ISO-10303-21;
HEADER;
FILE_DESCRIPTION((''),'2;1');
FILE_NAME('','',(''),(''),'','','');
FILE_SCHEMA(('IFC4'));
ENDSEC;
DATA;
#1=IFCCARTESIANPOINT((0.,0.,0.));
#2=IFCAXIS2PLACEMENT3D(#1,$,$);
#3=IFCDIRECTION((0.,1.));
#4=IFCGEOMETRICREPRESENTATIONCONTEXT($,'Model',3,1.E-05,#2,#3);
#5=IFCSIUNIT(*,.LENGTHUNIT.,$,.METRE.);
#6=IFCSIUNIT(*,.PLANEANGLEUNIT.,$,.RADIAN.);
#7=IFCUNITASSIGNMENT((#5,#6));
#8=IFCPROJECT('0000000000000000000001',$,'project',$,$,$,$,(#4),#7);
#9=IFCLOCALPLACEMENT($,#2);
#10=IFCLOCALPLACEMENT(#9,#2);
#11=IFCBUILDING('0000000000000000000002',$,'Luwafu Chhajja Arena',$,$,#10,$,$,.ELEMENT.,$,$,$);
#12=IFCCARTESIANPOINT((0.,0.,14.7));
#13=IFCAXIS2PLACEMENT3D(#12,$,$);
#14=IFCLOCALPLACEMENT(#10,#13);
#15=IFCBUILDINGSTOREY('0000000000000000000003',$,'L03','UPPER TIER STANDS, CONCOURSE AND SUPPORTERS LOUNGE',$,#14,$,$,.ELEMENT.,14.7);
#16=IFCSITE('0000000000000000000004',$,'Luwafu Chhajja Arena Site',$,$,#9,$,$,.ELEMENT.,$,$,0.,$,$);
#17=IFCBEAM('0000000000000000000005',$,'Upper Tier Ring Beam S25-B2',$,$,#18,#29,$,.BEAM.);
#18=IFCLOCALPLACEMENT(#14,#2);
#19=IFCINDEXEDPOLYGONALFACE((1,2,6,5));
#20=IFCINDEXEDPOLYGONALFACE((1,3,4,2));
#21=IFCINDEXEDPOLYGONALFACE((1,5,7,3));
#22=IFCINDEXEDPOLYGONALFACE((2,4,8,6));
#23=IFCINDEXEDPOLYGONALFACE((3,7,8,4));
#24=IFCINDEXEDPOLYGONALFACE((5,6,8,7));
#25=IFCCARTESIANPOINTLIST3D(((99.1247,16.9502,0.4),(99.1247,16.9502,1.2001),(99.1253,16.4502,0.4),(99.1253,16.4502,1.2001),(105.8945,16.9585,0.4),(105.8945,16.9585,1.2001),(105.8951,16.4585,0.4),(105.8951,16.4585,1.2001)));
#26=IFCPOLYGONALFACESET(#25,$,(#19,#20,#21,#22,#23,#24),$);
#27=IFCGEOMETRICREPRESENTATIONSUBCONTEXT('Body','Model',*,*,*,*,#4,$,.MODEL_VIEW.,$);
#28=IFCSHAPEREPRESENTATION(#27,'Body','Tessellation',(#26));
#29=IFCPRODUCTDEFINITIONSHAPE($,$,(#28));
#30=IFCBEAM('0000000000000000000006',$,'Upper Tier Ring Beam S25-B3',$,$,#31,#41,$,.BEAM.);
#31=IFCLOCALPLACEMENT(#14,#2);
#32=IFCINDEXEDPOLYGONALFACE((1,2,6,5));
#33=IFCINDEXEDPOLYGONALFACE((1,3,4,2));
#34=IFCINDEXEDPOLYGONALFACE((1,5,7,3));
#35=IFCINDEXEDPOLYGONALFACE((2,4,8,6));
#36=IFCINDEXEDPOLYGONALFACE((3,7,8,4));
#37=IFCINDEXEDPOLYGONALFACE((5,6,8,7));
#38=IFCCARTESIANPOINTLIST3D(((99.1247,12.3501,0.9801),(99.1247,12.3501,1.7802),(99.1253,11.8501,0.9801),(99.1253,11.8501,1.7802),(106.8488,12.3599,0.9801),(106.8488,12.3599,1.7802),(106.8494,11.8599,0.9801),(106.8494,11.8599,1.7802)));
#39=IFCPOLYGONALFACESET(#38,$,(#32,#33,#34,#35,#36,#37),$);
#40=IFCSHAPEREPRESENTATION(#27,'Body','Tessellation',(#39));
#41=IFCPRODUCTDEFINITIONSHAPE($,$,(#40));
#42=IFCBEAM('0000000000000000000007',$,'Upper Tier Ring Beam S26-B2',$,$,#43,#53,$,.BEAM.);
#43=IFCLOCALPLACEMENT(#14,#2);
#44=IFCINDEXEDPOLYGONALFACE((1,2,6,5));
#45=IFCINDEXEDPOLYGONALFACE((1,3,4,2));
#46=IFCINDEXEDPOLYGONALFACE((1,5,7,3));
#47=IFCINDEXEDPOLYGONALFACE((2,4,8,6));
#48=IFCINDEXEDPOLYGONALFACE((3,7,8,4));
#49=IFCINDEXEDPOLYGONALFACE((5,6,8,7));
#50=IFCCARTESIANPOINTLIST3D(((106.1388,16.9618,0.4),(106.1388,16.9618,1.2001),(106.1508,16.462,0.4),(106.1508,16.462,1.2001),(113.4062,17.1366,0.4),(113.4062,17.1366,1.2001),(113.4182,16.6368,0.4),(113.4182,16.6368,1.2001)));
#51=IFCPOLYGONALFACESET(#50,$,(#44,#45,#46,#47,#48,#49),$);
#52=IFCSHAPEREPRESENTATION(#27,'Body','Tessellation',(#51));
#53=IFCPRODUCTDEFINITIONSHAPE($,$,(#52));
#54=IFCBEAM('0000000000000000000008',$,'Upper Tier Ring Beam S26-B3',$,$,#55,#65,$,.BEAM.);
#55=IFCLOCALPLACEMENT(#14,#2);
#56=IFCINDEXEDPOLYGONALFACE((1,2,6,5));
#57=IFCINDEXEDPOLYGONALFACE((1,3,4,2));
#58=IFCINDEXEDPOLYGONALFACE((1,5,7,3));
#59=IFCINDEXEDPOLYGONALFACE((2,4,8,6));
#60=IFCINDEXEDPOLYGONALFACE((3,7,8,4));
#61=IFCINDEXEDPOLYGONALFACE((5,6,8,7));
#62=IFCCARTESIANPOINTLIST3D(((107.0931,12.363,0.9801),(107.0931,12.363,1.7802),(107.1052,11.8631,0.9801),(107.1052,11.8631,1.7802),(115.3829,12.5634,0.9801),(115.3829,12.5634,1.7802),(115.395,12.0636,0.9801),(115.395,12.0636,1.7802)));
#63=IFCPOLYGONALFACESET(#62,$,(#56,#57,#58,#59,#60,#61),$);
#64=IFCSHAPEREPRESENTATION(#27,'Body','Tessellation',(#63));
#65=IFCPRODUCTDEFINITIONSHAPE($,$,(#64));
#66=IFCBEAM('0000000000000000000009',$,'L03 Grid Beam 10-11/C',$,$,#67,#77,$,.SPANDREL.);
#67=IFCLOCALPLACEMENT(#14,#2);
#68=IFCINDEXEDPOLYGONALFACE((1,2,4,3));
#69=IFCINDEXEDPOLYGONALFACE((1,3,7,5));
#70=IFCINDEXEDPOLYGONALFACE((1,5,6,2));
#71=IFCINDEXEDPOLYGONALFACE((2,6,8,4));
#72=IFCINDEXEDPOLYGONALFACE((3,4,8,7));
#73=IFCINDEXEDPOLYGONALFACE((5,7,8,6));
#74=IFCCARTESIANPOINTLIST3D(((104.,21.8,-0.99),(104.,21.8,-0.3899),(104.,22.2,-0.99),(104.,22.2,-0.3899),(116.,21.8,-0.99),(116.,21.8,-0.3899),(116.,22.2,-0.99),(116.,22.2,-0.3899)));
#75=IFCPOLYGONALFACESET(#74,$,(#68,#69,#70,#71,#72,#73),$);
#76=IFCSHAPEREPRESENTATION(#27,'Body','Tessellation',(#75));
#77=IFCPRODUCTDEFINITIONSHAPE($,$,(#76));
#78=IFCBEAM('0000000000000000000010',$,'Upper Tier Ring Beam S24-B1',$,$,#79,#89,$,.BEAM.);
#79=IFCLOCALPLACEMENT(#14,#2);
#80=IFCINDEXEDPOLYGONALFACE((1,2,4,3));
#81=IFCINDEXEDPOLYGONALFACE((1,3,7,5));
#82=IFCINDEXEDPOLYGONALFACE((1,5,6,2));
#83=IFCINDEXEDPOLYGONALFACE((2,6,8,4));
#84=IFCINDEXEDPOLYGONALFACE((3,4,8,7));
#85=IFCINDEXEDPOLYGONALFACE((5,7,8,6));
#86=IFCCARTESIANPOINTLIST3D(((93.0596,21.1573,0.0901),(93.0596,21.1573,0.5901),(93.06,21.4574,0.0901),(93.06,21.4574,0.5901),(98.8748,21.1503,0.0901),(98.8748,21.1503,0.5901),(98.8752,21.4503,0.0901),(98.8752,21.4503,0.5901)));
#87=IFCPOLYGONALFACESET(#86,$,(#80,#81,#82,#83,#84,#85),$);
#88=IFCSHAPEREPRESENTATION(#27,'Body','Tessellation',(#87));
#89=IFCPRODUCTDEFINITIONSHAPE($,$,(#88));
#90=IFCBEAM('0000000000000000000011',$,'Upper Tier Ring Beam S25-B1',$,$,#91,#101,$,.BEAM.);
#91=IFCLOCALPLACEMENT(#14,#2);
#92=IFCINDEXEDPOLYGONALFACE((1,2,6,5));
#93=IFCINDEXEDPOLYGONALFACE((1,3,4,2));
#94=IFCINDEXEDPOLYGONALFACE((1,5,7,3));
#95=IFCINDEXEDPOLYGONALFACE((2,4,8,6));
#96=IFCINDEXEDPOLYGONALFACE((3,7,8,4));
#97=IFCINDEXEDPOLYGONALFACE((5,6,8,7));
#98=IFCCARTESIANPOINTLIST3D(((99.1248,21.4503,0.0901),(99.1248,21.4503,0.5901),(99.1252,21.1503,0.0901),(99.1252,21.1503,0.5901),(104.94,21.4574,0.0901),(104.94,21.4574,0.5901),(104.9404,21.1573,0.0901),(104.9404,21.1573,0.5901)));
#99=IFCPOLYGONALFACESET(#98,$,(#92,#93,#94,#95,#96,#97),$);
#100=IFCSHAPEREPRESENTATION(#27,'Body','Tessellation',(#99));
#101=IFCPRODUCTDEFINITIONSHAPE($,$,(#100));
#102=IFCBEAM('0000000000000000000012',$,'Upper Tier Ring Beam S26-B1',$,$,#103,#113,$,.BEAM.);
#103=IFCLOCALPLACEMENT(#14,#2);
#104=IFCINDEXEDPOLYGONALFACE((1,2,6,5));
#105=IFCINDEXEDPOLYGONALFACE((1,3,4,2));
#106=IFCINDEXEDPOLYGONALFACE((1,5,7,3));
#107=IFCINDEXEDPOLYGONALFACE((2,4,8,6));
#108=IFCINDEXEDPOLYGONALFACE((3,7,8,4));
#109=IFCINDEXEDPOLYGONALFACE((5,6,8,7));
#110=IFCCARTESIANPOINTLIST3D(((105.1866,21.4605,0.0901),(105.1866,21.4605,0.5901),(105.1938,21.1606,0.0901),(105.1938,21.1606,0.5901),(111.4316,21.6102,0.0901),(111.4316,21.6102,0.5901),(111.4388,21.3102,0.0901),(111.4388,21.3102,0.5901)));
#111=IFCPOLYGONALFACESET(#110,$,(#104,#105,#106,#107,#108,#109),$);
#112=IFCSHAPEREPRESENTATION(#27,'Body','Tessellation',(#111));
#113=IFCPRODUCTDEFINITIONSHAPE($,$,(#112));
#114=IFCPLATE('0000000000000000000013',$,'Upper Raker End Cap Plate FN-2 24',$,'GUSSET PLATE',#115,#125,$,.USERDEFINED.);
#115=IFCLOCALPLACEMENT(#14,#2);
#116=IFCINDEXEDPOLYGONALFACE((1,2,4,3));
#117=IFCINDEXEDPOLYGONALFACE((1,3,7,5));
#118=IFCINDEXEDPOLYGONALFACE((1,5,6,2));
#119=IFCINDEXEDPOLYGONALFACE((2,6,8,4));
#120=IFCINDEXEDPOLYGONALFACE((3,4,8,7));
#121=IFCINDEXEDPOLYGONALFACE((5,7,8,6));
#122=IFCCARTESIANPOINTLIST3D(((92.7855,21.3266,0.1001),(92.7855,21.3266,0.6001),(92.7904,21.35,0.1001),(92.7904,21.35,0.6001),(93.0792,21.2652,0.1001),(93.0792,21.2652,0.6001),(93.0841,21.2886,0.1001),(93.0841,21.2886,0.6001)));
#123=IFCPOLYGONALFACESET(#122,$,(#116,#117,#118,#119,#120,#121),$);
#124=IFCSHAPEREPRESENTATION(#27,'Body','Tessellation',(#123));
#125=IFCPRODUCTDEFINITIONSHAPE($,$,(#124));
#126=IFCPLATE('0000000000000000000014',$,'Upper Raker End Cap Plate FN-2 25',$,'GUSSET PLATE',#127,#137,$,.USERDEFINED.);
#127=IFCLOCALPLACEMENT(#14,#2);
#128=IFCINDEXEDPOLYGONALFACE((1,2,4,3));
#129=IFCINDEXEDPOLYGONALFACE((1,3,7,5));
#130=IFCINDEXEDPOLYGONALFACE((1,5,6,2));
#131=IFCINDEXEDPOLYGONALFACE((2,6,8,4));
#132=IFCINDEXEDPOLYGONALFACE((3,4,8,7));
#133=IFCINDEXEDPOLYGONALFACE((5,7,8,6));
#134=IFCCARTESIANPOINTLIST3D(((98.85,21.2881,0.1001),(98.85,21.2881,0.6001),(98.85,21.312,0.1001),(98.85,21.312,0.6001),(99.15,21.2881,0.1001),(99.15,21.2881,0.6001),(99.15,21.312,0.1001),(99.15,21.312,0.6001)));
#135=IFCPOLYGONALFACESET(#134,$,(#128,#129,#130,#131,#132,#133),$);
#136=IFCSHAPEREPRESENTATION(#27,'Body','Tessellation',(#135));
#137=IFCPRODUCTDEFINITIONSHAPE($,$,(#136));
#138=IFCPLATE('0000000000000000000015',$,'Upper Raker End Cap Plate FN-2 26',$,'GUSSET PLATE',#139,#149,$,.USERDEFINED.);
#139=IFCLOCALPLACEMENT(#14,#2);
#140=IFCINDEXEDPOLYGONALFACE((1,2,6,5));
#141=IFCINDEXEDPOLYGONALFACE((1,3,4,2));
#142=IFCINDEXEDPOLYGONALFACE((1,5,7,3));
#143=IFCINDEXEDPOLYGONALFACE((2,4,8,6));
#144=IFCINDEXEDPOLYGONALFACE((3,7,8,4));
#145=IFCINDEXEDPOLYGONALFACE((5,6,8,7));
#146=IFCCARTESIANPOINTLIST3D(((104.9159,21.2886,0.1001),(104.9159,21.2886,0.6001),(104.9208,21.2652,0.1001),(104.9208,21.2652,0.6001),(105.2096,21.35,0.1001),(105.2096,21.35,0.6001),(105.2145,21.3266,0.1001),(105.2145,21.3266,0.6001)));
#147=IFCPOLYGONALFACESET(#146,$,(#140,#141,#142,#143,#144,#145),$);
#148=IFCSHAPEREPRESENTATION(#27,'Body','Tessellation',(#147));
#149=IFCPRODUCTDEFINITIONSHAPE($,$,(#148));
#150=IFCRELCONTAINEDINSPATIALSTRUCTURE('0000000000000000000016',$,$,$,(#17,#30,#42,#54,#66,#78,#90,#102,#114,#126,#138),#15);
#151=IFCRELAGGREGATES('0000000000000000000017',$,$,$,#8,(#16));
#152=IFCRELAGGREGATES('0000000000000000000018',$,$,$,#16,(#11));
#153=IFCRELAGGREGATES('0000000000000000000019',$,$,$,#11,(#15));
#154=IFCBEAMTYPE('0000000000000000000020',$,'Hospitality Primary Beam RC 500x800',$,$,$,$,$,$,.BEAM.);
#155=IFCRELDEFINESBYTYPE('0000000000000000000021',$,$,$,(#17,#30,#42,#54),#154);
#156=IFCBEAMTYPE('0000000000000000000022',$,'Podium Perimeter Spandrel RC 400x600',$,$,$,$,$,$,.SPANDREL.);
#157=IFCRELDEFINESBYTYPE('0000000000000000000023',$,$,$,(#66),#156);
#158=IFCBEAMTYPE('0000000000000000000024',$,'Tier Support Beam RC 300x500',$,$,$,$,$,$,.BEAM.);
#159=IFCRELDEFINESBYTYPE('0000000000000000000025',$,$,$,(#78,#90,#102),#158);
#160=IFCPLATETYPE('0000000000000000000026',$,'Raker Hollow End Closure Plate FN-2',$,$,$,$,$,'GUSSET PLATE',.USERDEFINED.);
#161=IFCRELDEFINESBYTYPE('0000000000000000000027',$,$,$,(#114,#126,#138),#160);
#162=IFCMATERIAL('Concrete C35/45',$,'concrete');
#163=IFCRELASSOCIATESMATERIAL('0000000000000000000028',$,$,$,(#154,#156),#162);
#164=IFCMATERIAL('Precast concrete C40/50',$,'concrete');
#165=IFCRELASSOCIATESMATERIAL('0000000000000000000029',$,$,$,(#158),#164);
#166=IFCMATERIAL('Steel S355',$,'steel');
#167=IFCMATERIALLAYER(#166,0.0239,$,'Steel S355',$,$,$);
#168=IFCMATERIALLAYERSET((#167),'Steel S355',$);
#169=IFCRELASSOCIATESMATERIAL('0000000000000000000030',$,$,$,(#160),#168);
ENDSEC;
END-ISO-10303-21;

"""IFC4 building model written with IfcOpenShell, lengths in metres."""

from ifc_helpers import new_model, si_unit, direction, frame, origin, origin_2d, place, context, subcontext, project, spatial, rectangle, extrude, material, layer, layer_set, material_profile, profile_set, type_object, element, save


model = new_model("IFC4")

# Units and contexts
model_context = context("Model", 3, precision=1e-05, world=origin(), true_north=direction((0.0, 1.0)))
body_context = subcontext(model_context, "Body", "Model", "MODEL_VIEW")
ifc_project = project(units=[si_unit("LENGTHUNIT", "METRE"), si_unit("PLANEANGLEUNIT", "RADIAN")], contexts=[model_context])

# Site, building, storey
site_placement = place(None, origin())
site = spatial("IfcSite", under=ifc_project, at=site_placement, Name="Luwafu Chhajja Arena Site", CompositionType="ELEMENT", RefElevation=0.0)
building_placement = place(site_placement, origin())
building = spatial("IfcBuilding", under=site, at=building_placement, Name="Luwafu Chhajja Arena", CompositionType="ELEMENT")
storey_placement = place(building_placement, frame((0.0, 0.0, 14.7)))
storey = spatial("IfcBuildingStorey", under=building, at=storey_placement, Name="L03", Description="UPPER TIER STANDS, CONCOURSE AND SUPPORTERS LOUNGE", CompositionType="ELEMENT", Elevation=14.7)

# Shared definitions
ifc_material_1 = material(Name="Concrete C35/45", Category="concrete")
ifc_material_2 = material(Name="Steel S355", Category="steel")

# Beams
ifc_material_profile_1 = material_profile(ifc_material_1, rectangle(XDim=0.5, YDim=0.8, at=origin_2d()), Name="RC 500x800")
ifc_profile_set_1 = profile_set([ifc_material_profile_1], Name="Concrete C35/45")
beam_type_1 = type_object("IfcBeamType", Name="Hospitality Primary Beam RC 500x800", PredefinedType="BEAM", material=ifc_profile_set_1)
beam_1_placement = place(storey_placement, frame((99.125, 16.7002, 0.8), z_axis=(0.999999, 0.001226, 0.0), x_axis=(-0.001226, 0.999999, 0.0)))
element("IfcBeam", 1, at=beam_1_placement, inside=storey, type_object=beam_type_1, Name="Upper Tier Ring Beam S25-B2", PredefinedType="BEAM", context=body_context, shape_type="SweptSolid", body=[
    extrude(rectangle(XDim=0.5, YDim=0.8, at=origin_2d()), origin(), (0.0, 0.0, 1.0), 6.7698),
])
beam_2_placement = place(storey_placement, frame((99.125, 12.1001, 1.3801), z_axis=(0.999999, 0.001264, 0.0), x_axis=(-0.001264, 0.999999, 0.0)))
element("IfcBeam", 2, at=beam_2_placement, inside=storey, type_object=beam_type_1, Name="Upper Tier Ring Beam S25-B3", PredefinedType="BEAM", context=body_context, shape_type="SweptSolid", body=[
    extrude(rectangle(XDim=0.5, YDim=0.8, at=origin_2d()), origin(), (0.0, 0.0, 1.0), 7.7241),
])
beam_3_placement = place(storey_placement, frame((106.1448, 16.7119, 0.8), z_axis=(0.999711, 0.024047, 0.0), x_axis=(-0.024047, 0.999711, 0.0)))
element("IfcBeam", 3, at=beam_3_placement, inside=storey, type_object=beam_type_1, Name="Upper Tier Ring Beam S26-B2", PredefinedType="BEAM", context=body_context, shape_type="SweptSolid", body=[
    extrude(rectangle(XDim=0.5, YDim=0.8, at=origin_2d()), origin(), (0.0, 0.0, 1.0), 7.2695),
])
beam_4_placement = place(storey_placement, frame((107.0991, 12.113, 1.3801), z_axis=(0.999708, 0.024172, 0.0), x_axis=(-0.024172, 0.999708, 0.0)))
element("IfcBeam", 4, at=beam_4_placement, inside=storey, type_object=beam_type_1, Name="Upper Tier Ring Beam S26-B3", PredefinedType="BEAM", context=body_context, shape_type="SweptSolid", body=[
    extrude(rectangle(XDim=0.5, YDim=0.8, at=origin_2d()), origin(), (0.0, 0.0, 1.0), 8.2922),
])
ifc_material_profile_2 = material_profile(ifc_material_1, rectangle(XDim=0.3999, YDim=0.6001, at=origin_2d()), Name="RC 400x600")
ifc_profile_set_2 = profile_set([ifc_material_profile_2], Name="Concrete C35/45")
beam_type_2 = type_object("IfcBeamType", Name="Podium Perimeter Spandrel RC 400x600", PredefinedType="SPANDREL", material=ifc_profile_set_2)
beam_5_placement = place(storey_placement, frame((104.0, 22.0, -0.6899), z_axis=(1.0, 0.0, 0.0), x_axis=(0.0, 1.0, 0.0)))
element("IfcBeam", 5, at=beam_5_placement, inside=storey, type_object=beam_type_2, Name="L03 Grid Beam 10-11/C", PredefinedType="SPANDREL", context=body_context, shape_type="SweptSolid", body=[
    extrude(rectangle(XDim=0.3999, YDim=0.6001, at=origin_2d()), origin(), (0.0, 0.0, 1.0), 12.0),
])
ifc_material_3 = material(Name="Precast concrete C40/50", Category="concrete")
ifc_material_profile_3 = material_profile(ifc_material_3, rectangle(XDim=0.3, YDim=0.5, at=origin_2d()), Name="RC 300x500")
ifc_profile_set_3 = profile_set([ifc_material_profile_3], Name="Precast concrete C40/50")
beam_type_3 = type_object("IfcBeamType", Name="Tier Support Beam RC 300x500", PredefinedType="BEAM", material=ifc_profile_set_3)
for number, where, z_axis, x_axis, name in (
    (6, (93.0598, 21.3074, 0.3401), (0.999999, -0.001218, 0.0), (0.001218, 0.999999, 0.0), "Upper Tier Ring Beam S24-B1"),
    (7, (99.125, 21.3003, 0.3401), (0.999999, 0.001218, 0.0), (-0.001218, 0.999999, 0.0), "Upper Tier Ring Beam S25-B1"),
):
    element("IfcBeam", number, at=place(storey_placement, frame(where, z_axis=z_axis, x_axis=x_axis)), inside=storey, type_object=beam_type_3, Name=name, PredefinedType="BEAM", context=body_context, shape_type="SweptSolid", body=[
        extrude(rectangle(XDim=0.3, YDim=0.5, at=origin_2d()), origin(), (0.0, 0.0, 1.0), 5.8152),
    ])
beam_6_placement = place(storey_placement, frame((105.1902, 21.3105, 0.3401), z_axis=(0.999713, 0.023957, 0.0), x_axis=(-0.023957, 0.999713, 0.0)))
element("IfcBeam", 8, at=beam_6_placement, inside=storey, type_object=beam_type_3, Name="Upper Tier Ring Beam S26-B1", PredefinedType="BEAM", context=body_context, shape_type="SweptSolid", body=[
    extrude(rectangle(XDim=0.3, YDim=0.5, at=origin_2d()), origin(), (0.0, 0.0, 1.0), 6.2468),
])

# Plates
ifc_layer = layer(ifc_material_2, 0.0239, Name="Steel S355")
ifc_layer_set = layer_set([ifc_layer], Name="Steel S355")
plate_type = type_object("IfcPlateType", Name="Raker Hollow End Closure Plate FN-2", ElementType="GUSSET PLATE", PredefinedType="USERDEFINED", material=ifc_layer_set)
for number, where, z_axis, x_axis, name in (
    (9, (92.9348, 21.3076, 0.1001), (0.0, 0.0, 1.0), (-0.204578, -0.97885, 0.0), "Upper Raker End Cap Plate FN-2 24"),
    (10, (99.0, 21.3, 0.1001), (0.0, 0.0, 1.0), (0.0, -1.0, 0.0), "Upper Raker End Cap Plate FN-2 25"),
    (11, (105.0652, 21.3076, 0.1001), (0.0, 0.0, 1.0), (0.204578, -0.97885, 0.0), "Upper Raker End Cap Plate FN-2 26"),
):
    element("IfcPlate", number, at=place(storey_placement, frame(where, z_axis=z_axis, x_axis=x_axis)), inside=storey, type_object=plate_type, Name=name, ObjectType="GUSSET PLATE", PredefinedType="USERDEFINED", context=body_context, shape_type="SweptSolid", body=[
        extrude(rectangle(XDim=0.0239, YDim=0.3, at=origin_2d()), origin(), (0.0, 0.0, 1.0), 0.5),
    ])

save(model, "model.ifc")
